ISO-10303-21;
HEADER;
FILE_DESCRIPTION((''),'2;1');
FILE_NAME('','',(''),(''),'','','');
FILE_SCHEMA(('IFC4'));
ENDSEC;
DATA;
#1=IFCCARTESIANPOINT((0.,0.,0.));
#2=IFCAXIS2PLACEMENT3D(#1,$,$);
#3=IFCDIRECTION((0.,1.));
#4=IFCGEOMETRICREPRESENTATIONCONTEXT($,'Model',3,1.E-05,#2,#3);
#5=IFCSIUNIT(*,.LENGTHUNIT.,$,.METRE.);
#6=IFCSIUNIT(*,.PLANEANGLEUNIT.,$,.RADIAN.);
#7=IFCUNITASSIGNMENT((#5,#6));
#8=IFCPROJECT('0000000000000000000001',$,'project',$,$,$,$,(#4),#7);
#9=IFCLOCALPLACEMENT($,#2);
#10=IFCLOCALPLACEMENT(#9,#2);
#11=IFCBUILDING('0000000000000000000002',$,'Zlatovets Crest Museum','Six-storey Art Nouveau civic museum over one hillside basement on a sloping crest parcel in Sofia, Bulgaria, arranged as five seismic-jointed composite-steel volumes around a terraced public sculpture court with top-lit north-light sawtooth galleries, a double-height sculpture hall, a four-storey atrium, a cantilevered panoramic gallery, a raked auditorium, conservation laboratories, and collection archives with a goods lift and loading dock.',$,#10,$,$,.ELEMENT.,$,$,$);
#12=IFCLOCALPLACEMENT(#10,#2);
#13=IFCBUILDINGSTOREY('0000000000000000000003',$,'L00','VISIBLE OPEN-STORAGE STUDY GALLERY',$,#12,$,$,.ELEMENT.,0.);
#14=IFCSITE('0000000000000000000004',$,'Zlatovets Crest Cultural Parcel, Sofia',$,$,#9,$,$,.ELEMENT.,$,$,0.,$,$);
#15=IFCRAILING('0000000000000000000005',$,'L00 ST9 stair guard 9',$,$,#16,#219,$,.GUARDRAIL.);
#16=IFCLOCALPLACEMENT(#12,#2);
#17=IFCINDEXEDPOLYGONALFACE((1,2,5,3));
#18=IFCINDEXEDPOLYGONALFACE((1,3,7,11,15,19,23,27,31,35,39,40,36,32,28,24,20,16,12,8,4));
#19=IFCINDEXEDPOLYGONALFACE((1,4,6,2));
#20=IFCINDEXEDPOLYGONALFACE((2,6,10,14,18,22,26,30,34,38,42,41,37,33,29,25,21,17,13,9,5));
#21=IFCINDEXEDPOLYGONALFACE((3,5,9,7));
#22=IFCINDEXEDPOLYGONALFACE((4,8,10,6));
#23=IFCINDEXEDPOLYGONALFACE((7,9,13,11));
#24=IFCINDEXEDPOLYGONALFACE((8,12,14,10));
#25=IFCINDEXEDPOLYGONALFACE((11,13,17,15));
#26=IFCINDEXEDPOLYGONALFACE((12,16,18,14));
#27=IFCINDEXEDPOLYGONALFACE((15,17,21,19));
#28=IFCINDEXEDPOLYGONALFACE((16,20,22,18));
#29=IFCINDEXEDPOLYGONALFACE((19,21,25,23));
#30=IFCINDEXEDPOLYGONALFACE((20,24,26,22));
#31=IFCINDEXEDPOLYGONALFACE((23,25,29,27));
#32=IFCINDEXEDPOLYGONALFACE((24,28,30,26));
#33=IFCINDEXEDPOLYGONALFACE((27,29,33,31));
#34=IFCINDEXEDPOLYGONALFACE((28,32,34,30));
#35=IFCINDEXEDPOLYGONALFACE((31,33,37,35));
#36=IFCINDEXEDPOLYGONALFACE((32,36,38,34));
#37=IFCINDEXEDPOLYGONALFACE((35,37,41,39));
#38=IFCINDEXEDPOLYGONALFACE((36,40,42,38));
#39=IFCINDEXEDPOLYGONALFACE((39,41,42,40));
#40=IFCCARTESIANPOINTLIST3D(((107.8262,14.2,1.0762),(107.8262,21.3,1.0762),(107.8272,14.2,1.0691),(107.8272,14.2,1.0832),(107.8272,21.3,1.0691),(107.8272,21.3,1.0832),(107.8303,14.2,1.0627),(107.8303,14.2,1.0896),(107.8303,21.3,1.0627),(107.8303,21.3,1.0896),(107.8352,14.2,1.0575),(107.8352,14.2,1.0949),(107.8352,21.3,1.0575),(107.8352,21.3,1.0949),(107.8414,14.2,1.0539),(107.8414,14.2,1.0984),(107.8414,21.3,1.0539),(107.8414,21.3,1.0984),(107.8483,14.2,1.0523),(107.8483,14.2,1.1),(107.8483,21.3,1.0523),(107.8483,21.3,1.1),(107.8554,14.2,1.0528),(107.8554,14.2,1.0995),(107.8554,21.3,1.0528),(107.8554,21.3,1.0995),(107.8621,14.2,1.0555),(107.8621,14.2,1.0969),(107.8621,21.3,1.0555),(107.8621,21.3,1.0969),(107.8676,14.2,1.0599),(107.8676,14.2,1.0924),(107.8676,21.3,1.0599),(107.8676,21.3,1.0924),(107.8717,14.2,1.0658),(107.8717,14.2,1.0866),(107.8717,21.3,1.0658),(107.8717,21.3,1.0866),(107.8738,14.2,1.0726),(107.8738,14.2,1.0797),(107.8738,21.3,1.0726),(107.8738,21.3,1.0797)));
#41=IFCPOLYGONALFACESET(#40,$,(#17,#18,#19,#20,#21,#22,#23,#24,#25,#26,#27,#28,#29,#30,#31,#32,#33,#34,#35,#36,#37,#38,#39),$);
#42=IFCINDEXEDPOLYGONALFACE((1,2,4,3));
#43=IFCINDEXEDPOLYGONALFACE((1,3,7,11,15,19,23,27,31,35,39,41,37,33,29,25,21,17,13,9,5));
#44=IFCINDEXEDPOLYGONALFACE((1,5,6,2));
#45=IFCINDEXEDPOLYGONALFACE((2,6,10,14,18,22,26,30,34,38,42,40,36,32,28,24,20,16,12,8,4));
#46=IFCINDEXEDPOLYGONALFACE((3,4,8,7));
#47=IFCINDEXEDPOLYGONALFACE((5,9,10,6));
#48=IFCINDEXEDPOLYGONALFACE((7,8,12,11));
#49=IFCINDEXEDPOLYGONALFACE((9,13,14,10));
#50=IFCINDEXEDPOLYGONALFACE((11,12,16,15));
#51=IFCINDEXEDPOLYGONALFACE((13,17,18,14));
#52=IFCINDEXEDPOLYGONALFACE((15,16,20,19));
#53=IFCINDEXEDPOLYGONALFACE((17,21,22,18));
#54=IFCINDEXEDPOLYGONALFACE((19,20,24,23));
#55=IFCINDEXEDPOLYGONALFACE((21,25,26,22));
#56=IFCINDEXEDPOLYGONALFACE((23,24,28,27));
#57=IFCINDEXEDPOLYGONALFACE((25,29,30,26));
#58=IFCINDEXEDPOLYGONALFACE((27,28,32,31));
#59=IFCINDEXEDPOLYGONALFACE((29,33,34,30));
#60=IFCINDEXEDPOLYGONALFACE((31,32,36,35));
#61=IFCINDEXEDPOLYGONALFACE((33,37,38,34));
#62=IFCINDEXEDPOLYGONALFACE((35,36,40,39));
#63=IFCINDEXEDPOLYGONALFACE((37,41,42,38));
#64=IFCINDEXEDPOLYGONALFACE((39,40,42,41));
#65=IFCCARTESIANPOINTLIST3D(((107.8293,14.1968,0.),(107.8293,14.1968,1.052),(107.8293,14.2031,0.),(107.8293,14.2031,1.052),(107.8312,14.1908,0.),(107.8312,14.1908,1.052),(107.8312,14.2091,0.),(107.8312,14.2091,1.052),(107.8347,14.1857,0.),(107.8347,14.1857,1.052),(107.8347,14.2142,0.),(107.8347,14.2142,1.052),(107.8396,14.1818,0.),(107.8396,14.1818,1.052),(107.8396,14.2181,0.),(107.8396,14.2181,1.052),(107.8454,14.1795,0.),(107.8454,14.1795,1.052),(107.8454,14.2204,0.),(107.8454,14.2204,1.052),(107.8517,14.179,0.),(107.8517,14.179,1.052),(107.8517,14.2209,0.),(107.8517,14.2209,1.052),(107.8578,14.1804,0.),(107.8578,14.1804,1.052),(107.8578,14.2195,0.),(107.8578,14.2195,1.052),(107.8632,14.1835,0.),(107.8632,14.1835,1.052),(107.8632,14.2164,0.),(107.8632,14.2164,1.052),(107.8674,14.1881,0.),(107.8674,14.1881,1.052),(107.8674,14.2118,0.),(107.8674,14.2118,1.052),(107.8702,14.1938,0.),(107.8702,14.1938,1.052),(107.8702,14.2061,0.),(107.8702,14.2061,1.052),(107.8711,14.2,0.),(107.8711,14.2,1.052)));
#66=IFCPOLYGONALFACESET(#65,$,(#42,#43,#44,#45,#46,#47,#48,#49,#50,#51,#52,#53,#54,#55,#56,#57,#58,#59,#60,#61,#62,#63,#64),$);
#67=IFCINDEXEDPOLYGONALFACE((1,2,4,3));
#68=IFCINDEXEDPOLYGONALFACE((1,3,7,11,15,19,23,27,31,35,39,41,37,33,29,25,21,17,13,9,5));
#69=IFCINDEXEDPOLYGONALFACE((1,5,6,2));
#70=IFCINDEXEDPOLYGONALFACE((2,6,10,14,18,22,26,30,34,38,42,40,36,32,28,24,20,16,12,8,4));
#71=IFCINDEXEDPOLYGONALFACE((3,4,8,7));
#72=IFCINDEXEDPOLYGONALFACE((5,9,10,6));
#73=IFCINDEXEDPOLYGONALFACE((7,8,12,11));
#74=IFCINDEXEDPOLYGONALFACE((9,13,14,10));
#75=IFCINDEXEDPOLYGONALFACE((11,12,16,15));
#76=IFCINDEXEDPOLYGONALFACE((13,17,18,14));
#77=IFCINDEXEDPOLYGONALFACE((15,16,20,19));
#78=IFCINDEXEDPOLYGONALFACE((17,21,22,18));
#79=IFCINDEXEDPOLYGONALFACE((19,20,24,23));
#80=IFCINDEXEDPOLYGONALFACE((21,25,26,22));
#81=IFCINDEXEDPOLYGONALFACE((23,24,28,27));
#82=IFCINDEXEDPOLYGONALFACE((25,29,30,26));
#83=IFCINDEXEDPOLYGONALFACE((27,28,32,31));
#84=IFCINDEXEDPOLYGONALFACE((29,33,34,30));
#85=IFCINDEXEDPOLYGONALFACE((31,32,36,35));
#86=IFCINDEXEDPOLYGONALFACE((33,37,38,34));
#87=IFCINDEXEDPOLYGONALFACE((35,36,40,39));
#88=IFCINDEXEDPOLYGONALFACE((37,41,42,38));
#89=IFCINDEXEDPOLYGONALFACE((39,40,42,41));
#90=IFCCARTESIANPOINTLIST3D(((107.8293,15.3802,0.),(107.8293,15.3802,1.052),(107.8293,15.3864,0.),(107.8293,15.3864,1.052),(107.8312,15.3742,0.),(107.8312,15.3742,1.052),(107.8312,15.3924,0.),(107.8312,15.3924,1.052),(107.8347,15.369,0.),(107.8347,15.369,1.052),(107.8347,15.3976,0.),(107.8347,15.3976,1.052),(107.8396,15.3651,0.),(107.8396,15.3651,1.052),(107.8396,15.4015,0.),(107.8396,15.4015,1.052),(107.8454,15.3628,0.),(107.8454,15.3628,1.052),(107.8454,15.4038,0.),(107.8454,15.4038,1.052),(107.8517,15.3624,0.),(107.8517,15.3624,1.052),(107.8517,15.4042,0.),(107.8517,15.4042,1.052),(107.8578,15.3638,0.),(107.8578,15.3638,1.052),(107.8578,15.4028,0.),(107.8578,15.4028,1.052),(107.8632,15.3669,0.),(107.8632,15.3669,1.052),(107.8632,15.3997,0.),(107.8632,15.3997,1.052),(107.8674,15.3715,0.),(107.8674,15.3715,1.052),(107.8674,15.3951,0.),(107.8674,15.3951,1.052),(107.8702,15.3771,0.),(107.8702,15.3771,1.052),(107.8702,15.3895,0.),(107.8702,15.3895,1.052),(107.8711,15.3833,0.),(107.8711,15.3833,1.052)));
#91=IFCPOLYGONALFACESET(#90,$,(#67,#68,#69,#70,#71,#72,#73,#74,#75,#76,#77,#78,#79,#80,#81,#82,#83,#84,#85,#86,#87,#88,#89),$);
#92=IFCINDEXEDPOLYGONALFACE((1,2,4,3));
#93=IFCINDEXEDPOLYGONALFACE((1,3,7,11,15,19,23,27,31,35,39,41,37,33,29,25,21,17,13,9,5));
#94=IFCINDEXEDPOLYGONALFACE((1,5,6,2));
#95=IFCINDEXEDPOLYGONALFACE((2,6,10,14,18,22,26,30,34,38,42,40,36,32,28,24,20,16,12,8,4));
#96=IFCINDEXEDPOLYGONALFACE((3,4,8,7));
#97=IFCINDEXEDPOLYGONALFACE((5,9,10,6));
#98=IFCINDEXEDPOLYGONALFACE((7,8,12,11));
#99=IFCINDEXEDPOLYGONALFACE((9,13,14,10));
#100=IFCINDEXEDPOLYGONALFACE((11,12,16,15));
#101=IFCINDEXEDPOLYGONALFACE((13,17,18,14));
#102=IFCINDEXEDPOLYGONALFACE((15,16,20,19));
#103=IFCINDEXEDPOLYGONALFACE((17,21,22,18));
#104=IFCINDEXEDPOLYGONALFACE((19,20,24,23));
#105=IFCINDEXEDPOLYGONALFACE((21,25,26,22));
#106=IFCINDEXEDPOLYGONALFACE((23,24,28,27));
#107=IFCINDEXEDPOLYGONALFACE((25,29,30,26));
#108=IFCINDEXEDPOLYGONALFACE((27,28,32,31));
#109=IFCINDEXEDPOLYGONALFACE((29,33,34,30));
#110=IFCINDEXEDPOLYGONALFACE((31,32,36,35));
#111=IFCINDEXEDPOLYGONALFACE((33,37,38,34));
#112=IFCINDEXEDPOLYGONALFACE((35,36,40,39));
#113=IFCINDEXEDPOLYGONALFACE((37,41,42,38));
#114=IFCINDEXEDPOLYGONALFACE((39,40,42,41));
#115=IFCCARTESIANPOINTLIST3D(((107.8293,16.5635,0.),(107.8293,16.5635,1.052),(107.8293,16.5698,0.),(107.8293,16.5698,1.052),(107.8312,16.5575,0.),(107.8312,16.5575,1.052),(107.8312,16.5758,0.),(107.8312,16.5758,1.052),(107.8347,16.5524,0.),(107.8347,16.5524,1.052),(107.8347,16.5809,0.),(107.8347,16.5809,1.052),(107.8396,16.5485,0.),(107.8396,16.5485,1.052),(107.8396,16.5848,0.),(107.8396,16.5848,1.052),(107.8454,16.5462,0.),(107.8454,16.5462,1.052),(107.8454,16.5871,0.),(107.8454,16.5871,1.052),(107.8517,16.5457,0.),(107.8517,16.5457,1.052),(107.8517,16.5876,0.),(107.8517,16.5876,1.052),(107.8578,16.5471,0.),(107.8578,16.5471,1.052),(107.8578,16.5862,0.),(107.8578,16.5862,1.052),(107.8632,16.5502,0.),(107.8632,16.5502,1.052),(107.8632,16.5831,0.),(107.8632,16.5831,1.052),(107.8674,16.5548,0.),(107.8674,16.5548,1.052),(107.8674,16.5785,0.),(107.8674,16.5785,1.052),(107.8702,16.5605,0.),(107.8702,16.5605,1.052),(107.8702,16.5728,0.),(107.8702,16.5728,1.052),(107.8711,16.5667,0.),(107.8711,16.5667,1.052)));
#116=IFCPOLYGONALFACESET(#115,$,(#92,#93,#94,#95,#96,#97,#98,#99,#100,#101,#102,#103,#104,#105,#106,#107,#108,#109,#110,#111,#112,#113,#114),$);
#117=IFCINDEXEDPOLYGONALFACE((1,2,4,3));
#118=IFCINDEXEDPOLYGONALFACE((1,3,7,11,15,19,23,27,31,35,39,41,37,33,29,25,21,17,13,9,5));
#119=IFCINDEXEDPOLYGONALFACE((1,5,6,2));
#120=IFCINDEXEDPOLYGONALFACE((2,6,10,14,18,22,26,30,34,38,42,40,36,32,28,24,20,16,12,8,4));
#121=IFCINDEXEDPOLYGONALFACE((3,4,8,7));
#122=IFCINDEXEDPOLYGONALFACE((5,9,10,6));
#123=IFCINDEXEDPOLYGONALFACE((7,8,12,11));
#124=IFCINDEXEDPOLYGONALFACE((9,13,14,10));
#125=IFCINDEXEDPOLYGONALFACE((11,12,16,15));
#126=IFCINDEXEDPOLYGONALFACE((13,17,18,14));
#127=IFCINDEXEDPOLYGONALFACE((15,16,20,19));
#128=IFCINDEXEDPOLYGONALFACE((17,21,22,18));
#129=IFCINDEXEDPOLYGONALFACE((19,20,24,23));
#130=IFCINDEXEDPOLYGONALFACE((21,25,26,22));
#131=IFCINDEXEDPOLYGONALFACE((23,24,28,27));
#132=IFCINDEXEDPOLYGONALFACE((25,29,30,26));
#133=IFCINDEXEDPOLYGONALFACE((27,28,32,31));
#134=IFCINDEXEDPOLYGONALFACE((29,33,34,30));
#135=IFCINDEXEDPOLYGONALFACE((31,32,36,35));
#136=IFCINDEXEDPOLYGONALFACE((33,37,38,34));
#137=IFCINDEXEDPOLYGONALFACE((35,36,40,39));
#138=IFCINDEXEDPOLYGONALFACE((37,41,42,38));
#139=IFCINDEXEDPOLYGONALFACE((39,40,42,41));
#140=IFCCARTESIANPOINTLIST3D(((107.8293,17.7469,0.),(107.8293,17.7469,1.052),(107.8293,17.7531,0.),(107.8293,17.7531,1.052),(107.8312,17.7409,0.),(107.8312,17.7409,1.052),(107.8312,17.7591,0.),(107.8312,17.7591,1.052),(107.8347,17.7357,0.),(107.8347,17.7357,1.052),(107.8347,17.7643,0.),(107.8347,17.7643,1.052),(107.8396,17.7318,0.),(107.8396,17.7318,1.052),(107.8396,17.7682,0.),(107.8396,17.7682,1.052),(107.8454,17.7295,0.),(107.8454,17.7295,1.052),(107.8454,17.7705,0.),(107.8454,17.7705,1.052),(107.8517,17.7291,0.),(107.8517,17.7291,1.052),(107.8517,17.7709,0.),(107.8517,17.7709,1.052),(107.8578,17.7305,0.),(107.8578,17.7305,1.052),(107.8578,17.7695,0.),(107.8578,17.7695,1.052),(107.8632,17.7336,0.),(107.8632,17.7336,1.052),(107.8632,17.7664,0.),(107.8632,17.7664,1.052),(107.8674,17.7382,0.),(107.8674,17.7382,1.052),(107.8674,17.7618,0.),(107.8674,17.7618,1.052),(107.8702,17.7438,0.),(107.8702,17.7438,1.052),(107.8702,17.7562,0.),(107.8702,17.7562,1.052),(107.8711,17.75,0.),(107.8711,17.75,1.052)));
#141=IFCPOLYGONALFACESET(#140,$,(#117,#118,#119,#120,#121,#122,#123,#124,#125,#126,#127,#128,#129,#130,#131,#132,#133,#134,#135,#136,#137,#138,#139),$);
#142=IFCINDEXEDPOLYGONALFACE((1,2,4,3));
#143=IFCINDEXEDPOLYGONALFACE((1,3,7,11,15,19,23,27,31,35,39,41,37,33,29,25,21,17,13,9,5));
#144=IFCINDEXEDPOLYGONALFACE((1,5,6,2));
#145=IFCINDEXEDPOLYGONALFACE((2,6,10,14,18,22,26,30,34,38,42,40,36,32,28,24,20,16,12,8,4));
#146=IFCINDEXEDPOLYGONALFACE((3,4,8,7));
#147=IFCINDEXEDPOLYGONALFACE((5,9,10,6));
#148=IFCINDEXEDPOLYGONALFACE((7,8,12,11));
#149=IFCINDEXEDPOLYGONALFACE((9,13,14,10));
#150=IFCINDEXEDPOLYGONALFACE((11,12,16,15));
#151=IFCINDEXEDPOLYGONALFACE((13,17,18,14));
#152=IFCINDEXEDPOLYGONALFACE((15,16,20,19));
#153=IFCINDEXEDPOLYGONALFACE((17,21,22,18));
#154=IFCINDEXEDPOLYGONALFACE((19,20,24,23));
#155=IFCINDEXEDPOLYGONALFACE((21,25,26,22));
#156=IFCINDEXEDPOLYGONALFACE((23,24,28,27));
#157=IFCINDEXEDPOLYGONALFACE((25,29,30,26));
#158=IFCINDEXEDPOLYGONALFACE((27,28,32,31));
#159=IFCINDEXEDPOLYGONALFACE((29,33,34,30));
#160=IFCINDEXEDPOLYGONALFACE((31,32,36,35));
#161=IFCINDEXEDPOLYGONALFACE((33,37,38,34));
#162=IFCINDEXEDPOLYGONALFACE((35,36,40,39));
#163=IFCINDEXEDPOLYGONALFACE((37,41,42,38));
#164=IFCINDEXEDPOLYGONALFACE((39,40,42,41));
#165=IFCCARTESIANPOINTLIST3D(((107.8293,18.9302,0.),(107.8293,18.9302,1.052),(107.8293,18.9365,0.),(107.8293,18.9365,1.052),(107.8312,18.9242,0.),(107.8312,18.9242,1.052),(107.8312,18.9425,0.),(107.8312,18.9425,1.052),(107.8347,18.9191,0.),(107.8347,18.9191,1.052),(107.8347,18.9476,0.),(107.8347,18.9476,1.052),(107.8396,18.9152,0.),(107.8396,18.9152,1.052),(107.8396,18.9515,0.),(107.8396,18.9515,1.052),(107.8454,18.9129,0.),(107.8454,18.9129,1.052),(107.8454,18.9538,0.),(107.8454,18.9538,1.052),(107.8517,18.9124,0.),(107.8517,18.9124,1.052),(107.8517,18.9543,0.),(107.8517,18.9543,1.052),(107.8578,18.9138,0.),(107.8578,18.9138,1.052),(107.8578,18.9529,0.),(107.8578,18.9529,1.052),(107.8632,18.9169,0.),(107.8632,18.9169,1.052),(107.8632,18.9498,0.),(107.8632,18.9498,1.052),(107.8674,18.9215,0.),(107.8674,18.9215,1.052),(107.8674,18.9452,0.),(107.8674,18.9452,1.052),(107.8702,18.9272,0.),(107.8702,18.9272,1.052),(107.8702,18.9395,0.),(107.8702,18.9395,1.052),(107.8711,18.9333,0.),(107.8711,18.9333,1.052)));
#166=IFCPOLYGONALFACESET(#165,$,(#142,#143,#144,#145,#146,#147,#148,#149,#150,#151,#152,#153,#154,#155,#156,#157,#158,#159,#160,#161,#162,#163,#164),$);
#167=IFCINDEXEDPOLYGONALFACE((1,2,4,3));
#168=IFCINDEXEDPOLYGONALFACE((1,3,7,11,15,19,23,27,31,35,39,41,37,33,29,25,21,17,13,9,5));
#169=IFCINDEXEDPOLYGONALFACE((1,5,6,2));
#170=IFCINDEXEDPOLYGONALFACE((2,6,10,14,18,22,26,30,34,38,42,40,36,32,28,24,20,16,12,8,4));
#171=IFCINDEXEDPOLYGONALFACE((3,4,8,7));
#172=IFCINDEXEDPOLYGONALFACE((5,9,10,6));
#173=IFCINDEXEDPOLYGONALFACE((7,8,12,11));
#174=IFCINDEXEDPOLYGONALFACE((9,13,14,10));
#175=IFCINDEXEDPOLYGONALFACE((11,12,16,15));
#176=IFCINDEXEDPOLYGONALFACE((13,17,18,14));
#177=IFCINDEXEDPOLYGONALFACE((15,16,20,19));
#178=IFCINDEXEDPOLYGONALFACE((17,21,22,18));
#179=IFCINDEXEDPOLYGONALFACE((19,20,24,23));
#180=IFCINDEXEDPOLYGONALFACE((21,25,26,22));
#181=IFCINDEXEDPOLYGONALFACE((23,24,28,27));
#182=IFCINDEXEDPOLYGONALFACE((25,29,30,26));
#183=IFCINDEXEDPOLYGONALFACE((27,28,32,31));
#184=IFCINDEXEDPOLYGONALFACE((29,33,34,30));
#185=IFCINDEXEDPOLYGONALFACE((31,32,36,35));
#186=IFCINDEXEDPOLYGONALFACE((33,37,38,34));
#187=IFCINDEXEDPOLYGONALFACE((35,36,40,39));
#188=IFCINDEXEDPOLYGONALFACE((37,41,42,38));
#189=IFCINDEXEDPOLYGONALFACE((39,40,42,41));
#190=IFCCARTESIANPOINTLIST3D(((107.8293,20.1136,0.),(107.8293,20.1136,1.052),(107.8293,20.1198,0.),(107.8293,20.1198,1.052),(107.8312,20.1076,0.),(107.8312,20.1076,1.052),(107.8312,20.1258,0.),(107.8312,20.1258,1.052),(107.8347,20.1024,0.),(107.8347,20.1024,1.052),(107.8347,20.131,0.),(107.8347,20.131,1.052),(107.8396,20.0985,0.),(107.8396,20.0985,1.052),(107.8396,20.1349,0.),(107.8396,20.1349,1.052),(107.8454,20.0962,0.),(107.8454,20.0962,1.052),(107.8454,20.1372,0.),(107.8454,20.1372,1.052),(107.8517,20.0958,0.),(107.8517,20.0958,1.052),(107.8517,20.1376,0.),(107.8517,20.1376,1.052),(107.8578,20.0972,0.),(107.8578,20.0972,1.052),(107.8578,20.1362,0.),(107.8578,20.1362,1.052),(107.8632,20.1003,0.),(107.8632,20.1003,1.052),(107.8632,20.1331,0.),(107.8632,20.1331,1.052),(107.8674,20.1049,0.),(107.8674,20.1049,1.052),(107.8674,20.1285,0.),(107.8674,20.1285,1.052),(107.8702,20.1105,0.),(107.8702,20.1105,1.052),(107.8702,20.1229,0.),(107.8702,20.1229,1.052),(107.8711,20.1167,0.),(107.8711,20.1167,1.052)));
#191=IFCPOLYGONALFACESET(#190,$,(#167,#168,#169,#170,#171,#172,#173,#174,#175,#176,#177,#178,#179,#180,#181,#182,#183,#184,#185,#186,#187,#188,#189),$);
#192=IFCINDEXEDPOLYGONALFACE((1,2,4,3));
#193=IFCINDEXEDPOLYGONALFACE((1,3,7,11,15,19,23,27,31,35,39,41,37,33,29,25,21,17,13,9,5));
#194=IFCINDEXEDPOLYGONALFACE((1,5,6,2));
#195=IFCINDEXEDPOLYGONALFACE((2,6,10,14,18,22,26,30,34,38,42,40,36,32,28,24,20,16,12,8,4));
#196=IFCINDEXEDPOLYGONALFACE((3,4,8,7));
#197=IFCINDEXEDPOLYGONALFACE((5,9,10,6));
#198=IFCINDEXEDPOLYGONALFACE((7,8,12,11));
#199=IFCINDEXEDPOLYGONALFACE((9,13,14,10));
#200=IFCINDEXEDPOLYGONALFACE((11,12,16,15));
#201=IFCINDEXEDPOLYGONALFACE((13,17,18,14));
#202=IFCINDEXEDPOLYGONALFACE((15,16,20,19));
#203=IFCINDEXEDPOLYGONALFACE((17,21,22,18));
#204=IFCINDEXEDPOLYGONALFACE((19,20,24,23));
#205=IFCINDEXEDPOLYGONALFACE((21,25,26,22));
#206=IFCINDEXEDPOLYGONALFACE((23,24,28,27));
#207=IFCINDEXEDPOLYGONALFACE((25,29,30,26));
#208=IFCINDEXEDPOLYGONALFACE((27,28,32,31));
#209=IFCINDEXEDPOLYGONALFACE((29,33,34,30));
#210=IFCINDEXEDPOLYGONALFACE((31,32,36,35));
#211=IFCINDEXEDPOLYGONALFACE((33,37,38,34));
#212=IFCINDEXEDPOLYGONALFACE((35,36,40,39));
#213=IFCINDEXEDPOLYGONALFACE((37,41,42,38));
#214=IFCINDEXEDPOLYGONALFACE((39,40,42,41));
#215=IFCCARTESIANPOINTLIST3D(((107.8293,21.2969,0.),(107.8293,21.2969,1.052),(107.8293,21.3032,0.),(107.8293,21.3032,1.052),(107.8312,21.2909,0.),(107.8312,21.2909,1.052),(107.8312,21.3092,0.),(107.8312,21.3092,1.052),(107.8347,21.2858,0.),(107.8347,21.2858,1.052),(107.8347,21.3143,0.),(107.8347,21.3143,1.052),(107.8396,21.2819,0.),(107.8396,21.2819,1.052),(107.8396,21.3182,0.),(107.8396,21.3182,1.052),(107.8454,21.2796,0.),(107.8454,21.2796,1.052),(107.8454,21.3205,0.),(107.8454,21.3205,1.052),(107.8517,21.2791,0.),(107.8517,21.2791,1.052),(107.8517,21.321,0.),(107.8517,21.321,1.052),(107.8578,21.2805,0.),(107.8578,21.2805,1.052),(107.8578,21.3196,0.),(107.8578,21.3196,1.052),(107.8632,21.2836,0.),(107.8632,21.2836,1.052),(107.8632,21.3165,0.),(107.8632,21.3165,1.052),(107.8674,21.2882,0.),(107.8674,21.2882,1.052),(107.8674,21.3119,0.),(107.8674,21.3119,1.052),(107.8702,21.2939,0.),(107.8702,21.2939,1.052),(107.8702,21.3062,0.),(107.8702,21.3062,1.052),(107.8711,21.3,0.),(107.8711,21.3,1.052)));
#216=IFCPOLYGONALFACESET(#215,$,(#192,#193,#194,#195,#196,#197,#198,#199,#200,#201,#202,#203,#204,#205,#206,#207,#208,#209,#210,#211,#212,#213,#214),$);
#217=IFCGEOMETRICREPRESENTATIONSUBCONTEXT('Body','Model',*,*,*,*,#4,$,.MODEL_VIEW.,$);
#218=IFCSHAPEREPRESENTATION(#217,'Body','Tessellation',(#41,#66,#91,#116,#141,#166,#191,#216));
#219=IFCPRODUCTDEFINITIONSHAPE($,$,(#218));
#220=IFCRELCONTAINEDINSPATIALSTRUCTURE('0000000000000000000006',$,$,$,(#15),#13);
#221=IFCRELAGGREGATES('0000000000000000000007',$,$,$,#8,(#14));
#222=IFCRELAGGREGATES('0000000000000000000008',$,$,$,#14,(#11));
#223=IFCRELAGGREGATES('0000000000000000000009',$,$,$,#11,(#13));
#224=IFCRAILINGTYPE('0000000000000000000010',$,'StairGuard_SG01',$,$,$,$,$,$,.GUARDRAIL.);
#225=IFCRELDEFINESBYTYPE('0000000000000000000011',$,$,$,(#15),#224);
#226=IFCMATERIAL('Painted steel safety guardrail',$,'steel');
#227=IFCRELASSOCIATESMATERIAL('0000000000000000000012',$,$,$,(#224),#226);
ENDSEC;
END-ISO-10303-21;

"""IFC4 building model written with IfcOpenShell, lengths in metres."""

from ifc_helpers import new_model, si_unit, direction, frame, origin, origin_2d, place, context, subcontext, project, spatial, circle, extrude, material, type_object, element, save


model = new_model("IFC4")

# Units and contexts
model_context = context("Model", 3, precision=1e-05, world=origin(), true_north=direction((0.0, 1.0)))
body_context = subcontext(model_context, "Body", "Model", "MODEL_VIEW")
ifc_project = project(units=[si_unit("LENGTHUNIT", "METRE"), si_unit("PLANEANGLEUNIT", "RADIAN")], contexts=[model_context])

# Site, building, storey
site_placement = place(None, origin())
site = spatial("IfcSite", under=ifc_project, at=site_placement, Name="Zlatovets Crest Cultural Parcel, Sofia", CompositionType="ELEMENT", RefElevation=0.0)
building_placement = place(site_placement, origin())
building = spatial("IfcBuilding", under=site, at=building_placement, Name="Zlatovets Crest Museum", Description="Six-storey Art Nouveau civic museum over one hillside basement on a sloping crest parcel in Sofia, Bulgaria, arranged as five seismic-jointed composite-steel volumes around a terraced public sculpture court with top-lit north-light sawtooth galleries, a double-height sculpture hall, a four-storey atrium, a cantilevered panoramic gallery, a raked auditorium, conservation laboratories, and collection archives with a goods lift and loading dock.", CompositionType="ELEMENT")
storey_placement = place(building_placement, origin())
storey = spatial("IfcBuildingStorey", under=building, at=storey_placement, Name="L00", Description="VISIBLE OPEN-STORAGE STUDY GALLERY", CompositionType="ELEMENT", Elevation=0.0)

# Railing
ifc_material_1 = material(Name="Painted steel safety guardrail", Category="steel")
railing_type_1 = type_object("IfcRailingType", Name="StairGuard_SG01", PredefinedType="GUARDRAIL", material=ifc_material_1)
for number, where, name in (
    (1, (107.8501, 14.2, 0.0), "L00 ST9 stair guard 9"),
):
    element("IfcRailing", number, at=place(storey_placement, frame(where)), inside=storey, type_object=railing_type_1, Name=name, PredefinedType="GUARDRAIL", context=body_context, shape_type="SweptSolid", body=[
        extrude(circle(Radius=0.0239, at=origin_2d()), frame((0.0, 0.0, 1.0762), z_axis=(0.0, 1.0, 0.0), x_axis=(-1.0, 0.0, 0.0)), (0.0, 0.0, 1.0), 7.1001),
        extrude(circle(Radius=0.021, at=origin_2d()), origin(), (0.0, 0.0, 1.0), 1.052),
        extrude(circle(Radius=0.021, at=origin_2d()), frame((0.0, 1.1833, 0.0)), (0.0, 0.0, 1.0), 1.052),
        extrude(circle(Radius=0.021, at=origin_2d()), frame((0.0, 2.3667, 0.0)), (0.0, 0.0, 1.0), 1.052),
        extrude(circle(Radius=0.021, at=origin_2d()), frame((0.0, 3.55, 0.0)), (0.0, 0.0, 1.0), 1.052),
        extrude(circle(Radius=0.021, at=origin_2d()), frame((0.0, 4.7334, 0.0)), (0.0, 0.0, 1.0), 1.052),
        extrude(circle(Radius=0.021, at=origin_2d()), frame((0.0, 5.9167, 0.0)), (0.0, 0.0, 1.0), 1.052),
        extrude(circle(Radius=0.021, at=origin_2d()), frame((0.0, 7.1001, 0.0)), (0.0, 0.0, 1.0), 1.052),
    ])

save(model, "model.ifc")
